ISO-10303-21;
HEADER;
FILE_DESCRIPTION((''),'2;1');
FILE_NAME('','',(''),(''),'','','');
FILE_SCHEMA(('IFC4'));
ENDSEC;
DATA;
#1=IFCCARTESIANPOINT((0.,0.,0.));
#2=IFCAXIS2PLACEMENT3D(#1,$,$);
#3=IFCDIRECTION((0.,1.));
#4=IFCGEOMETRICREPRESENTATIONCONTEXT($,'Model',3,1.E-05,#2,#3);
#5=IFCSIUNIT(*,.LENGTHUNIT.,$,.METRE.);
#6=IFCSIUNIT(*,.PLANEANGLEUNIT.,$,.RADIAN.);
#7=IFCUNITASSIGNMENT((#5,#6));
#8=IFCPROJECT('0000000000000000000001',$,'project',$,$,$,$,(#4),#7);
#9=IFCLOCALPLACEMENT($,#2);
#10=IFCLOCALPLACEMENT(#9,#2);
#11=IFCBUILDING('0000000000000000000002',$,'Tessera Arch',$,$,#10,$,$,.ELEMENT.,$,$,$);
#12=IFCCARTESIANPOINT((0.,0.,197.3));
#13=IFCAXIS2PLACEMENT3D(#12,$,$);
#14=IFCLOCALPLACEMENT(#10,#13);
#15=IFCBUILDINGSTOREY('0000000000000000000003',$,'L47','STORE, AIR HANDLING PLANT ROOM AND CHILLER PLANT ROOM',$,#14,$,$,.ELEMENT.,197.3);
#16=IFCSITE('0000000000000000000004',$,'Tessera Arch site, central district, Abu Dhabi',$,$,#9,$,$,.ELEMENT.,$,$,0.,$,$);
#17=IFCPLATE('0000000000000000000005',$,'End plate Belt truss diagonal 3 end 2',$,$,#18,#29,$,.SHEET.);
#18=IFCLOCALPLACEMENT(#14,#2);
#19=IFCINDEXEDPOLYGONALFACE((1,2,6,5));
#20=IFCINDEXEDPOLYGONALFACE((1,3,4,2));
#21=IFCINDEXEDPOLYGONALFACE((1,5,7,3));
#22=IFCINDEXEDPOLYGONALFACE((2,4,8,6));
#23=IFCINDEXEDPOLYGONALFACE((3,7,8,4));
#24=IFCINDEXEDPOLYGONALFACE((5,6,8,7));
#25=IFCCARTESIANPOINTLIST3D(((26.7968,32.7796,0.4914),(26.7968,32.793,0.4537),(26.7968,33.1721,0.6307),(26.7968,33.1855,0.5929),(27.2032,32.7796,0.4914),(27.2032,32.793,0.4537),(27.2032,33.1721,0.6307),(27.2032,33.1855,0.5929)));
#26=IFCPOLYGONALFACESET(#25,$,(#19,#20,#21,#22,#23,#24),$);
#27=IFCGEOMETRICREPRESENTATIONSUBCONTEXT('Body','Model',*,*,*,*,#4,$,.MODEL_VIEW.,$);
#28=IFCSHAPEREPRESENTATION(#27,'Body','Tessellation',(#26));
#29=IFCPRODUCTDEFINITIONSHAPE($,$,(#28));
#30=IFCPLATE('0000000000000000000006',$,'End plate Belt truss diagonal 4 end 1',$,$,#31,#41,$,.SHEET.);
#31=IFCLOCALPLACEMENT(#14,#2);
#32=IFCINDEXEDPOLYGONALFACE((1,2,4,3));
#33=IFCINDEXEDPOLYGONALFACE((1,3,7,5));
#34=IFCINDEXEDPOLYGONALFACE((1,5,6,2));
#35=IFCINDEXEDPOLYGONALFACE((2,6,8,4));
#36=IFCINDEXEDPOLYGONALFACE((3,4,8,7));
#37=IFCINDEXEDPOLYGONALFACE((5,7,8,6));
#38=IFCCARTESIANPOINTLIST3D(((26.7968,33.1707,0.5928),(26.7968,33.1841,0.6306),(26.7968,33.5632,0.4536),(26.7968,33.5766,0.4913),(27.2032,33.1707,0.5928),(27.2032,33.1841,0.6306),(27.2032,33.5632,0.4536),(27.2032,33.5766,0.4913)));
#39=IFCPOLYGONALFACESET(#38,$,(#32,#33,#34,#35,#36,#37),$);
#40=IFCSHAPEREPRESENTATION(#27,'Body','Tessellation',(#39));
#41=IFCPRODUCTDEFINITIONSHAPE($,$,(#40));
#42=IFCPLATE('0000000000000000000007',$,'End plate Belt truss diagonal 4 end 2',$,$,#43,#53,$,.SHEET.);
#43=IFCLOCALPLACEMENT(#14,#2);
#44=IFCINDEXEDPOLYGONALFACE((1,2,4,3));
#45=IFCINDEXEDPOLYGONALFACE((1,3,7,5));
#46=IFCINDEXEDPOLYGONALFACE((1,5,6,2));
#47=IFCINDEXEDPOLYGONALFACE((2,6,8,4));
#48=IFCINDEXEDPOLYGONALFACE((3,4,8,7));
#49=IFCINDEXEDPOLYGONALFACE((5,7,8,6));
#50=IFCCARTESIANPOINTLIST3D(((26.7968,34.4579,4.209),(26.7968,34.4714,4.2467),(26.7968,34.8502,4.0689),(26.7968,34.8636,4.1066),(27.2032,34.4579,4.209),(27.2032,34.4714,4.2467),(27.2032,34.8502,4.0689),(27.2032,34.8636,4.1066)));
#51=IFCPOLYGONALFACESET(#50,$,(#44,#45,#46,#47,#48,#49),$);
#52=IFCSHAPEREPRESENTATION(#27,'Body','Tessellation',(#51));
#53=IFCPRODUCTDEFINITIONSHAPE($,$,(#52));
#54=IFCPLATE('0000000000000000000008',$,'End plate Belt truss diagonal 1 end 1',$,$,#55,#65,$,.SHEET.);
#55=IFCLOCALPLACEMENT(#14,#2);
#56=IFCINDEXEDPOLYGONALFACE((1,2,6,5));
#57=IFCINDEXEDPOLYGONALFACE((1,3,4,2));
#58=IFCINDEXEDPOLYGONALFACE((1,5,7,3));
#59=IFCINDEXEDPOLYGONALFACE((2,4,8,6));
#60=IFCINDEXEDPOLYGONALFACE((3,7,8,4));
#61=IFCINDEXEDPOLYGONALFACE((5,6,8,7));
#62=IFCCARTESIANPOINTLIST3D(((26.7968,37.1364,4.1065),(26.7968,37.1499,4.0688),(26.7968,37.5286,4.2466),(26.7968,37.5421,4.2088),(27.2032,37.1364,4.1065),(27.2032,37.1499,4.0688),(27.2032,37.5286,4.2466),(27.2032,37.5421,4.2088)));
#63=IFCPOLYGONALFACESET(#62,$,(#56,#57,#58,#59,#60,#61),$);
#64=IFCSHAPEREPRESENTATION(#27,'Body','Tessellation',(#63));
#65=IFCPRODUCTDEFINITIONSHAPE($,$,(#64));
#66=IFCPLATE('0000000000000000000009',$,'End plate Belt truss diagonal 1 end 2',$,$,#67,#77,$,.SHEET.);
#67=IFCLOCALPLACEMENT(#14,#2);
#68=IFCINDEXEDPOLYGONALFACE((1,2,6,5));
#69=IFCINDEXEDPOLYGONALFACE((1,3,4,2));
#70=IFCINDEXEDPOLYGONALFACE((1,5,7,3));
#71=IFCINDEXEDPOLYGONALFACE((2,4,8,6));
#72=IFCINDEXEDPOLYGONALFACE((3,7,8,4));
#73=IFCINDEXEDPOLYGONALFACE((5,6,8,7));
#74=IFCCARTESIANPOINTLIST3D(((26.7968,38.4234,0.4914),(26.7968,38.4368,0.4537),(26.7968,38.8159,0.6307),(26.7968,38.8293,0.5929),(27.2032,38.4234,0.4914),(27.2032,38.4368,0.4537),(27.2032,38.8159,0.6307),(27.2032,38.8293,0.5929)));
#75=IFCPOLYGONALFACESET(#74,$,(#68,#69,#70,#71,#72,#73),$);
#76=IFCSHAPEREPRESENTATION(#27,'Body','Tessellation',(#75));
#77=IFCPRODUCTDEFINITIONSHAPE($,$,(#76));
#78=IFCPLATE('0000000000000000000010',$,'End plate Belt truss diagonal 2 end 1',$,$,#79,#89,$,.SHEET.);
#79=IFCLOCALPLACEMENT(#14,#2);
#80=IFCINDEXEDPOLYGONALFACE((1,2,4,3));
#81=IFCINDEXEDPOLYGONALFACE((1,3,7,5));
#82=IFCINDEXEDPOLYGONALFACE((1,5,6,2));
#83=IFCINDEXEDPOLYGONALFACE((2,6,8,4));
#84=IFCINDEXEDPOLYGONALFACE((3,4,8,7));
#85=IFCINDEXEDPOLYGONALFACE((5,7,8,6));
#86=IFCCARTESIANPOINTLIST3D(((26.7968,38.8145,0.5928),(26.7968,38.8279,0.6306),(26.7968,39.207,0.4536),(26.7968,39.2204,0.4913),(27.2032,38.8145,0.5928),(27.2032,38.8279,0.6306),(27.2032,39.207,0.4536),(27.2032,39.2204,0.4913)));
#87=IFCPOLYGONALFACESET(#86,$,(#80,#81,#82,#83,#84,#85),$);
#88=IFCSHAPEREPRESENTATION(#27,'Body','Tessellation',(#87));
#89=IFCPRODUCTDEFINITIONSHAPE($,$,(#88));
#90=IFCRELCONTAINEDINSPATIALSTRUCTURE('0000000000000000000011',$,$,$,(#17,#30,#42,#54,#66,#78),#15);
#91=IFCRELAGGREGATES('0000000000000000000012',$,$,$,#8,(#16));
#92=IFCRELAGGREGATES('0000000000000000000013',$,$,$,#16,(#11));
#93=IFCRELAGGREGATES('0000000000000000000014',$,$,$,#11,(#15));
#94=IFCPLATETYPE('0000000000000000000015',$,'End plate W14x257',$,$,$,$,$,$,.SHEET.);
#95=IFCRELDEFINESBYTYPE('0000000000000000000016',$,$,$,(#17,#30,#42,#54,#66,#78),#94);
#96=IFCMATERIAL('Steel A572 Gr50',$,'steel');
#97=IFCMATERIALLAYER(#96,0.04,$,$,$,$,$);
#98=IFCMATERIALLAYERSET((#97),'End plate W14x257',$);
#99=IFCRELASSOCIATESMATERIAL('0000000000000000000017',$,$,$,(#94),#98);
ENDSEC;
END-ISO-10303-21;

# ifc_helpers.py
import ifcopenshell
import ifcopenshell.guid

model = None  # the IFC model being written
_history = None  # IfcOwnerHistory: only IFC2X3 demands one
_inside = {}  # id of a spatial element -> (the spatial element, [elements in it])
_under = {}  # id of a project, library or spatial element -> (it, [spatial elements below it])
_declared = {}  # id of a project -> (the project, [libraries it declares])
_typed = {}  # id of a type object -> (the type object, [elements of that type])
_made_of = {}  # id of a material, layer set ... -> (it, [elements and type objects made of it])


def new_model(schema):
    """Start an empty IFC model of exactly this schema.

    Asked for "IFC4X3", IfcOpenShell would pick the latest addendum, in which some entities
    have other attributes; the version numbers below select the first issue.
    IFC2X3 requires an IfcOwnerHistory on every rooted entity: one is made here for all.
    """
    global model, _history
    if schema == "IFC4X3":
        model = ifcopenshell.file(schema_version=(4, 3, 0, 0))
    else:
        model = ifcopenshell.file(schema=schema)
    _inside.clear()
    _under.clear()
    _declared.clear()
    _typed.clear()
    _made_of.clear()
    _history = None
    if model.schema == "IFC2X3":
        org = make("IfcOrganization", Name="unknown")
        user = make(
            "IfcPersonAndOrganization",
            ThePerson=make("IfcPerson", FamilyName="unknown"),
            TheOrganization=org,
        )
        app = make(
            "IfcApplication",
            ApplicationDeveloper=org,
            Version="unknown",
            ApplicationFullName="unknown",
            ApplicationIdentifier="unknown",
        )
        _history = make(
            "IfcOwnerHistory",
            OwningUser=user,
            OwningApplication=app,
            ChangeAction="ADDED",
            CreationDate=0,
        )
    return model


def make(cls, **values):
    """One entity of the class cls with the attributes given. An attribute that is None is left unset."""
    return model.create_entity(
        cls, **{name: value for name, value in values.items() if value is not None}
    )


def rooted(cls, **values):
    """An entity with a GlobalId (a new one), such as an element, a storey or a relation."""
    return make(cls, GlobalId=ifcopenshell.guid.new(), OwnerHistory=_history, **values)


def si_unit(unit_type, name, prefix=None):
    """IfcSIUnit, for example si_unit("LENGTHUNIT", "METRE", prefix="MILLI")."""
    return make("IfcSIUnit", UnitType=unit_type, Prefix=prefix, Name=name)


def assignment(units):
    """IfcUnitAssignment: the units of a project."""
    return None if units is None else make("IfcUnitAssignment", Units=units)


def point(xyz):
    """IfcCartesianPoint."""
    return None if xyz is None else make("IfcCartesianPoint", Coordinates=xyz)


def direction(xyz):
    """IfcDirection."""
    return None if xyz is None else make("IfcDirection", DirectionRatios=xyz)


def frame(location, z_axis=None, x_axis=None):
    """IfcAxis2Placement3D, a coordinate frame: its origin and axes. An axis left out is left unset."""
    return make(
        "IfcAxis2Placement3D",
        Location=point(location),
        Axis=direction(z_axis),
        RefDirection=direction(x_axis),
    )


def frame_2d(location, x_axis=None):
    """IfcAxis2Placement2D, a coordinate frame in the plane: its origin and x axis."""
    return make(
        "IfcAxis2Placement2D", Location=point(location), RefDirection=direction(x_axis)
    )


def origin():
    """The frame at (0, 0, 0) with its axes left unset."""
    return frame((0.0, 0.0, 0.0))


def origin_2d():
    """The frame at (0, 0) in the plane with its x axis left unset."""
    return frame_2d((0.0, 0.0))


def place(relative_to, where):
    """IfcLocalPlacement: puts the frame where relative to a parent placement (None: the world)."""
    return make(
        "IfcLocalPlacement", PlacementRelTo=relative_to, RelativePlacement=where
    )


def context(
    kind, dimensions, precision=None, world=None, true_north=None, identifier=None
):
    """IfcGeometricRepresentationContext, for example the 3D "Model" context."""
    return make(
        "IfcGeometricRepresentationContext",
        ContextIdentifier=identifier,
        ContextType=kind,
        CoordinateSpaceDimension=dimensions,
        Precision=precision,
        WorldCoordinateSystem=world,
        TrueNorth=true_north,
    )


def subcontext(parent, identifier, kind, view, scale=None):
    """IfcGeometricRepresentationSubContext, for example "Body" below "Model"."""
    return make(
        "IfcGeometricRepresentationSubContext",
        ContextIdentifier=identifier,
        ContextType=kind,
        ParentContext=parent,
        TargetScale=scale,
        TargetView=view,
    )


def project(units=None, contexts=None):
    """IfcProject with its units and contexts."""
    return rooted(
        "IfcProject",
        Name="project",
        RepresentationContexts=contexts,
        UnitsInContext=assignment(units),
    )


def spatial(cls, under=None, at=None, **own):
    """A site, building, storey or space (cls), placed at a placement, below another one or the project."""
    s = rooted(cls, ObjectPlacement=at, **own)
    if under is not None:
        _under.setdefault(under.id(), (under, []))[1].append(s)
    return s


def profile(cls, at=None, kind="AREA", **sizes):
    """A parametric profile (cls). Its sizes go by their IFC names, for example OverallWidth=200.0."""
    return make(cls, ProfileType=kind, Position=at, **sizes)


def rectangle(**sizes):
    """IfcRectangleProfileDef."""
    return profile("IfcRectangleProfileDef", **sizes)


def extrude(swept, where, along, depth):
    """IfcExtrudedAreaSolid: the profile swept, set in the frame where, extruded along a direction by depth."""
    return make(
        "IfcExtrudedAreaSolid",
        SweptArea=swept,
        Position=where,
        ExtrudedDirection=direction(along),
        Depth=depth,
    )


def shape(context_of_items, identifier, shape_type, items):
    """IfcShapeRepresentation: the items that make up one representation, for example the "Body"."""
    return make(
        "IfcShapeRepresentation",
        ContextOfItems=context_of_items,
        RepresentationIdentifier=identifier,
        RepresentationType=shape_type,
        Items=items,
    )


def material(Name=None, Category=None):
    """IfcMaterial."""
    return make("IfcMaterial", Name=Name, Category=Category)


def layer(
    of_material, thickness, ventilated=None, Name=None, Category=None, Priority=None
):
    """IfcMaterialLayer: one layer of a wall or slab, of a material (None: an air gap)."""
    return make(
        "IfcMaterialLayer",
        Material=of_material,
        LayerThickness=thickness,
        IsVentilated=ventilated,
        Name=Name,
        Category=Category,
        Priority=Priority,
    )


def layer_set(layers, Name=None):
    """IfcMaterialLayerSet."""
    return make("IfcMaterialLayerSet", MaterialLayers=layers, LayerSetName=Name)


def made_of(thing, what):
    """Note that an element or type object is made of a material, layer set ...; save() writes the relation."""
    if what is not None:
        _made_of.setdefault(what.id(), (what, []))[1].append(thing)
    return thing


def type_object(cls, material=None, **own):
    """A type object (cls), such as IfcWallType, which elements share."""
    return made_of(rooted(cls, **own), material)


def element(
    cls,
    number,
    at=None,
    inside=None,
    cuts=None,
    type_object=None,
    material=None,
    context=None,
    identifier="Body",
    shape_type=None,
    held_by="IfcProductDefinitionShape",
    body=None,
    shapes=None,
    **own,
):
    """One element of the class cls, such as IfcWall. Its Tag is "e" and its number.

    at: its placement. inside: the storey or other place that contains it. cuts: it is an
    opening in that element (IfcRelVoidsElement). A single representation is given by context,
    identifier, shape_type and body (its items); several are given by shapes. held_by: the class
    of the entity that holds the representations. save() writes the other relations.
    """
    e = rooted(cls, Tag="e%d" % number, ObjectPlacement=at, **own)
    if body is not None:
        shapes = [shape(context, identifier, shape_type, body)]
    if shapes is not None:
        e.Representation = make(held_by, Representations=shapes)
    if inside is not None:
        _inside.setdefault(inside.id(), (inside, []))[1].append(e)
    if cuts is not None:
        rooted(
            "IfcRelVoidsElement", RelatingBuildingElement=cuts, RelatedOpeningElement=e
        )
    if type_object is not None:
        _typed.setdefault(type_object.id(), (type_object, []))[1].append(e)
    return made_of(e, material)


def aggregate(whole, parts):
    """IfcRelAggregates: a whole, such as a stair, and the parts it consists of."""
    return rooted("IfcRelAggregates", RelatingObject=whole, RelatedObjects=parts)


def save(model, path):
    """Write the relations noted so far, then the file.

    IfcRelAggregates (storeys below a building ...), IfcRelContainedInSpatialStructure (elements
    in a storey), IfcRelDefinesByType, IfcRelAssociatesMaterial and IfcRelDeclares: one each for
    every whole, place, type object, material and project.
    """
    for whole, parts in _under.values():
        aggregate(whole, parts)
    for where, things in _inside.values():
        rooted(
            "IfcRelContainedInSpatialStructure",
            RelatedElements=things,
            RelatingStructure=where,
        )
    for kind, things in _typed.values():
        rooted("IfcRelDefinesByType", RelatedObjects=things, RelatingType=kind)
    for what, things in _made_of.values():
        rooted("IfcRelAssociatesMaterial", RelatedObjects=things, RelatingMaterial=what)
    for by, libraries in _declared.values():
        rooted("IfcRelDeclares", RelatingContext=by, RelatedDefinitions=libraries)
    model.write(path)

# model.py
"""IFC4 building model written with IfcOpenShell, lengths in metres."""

from ifc_helpers import new_model, si_unit, direction, frame, origin, origin_2d, place, context, subcontext, project, spatial, rectangle, extrude, material, layer, layer_set, type_object, element, save


model = new_model("IFC4")

# Units and contexts
model_context = context("Model", 3, precision=1e-05, world=origin(), true_north=direction((0.0, 1.0)))
body_context = subcontext(model_context, "Body", "Model", "MODEL_VIEW")
ifc_project = project(units=[si_unit("LENGTHUNIT", "METRE"), si_unit("PLANEANGLEUNIT", "RADIAN")], contexts=[model_context])

# Site, building, storey
site_placement = place(None, origin())
site = spatial("IfcSite", under=ifc_project, at=site_placement, Name="Tessera Arch site, central district, Abu Dhabi", CompositionType="ELEMENT", RefElevation=0.0)
building_placement = place(site_placement, origin())
building = spatial("IfcBuilding", under=site, at=building_placement, Name="Tessera Arch", CompositionType="ELEMENT")
storey_placement = place(building_placement, frame((0.0, 0.0, 197.3)))
storey = spatial("IfcBuildingStorey", under=building, at=storey_placement, Name="L47", Description="STORE, AIR HANDLING PLANT ROOM AND CHILLER PLANT ROOM", CompositionType="ELEMENT", Elevation=197.3)

# Plates
ifc_material_1 = material(Name="Steel A572 Gr50", Category="steel")
ifc_layer_1 = layer(ifc_material_1, 0.04)
ifc_layer_set_1 = layer_set([ifc_layer_1], Name="End plate W14x257")
plate_type_1 = type_object("IfcPlateType", Name="End plate W14x257", PredefinedType="SHEET", material=ifc_layer_set_1)
for number, where, z_axis, x_axis, name in (
    (1, (27.0, 32.9758, 0.561), (0.0, 0.33441, -0.942428), (-1.0, 0.0, 0.0), "End plate Belt truss diagonal 3 end 2"),
    (2, (27.0, 33.3669, 0.5232), (0.0, 0.33441, 0.942428), (-1.0, 0.0, 0.0), "End plate Belt truss diagonal 4 end 1"),
    (3, (27.0, 34.6541, 4.1389), (0.0, 0.336336, 0.941742), (-1.0, 0.0, 0.0), "End plate Belt truss diagonal 4 end 2"),
    (4, (27.0, 37.3325, 4.1765), (0.0, 0.336336, -0.941742), (-1.0, 0.0, 0.0), "End plate Belt truss diagonal 1 end 1"),
    (5, (27.0, 38.6196, 0.561), (0.0, 0.33441, -0.942428), (-1.0, 0.0, 0.0), "End plate Belt truss diagonal 1 end 2"),
    (6, (27.0, 39.0107, 0.5232), (0.0, 0.33441, 0.942428), (-1.0, 0.0, 0.0), "End plate Belt truss diagonal 2 end 1"),
):
    element("IfcPlate", number, at=place(storey_placement, frame(where, z_axis=z_axis, x_axis=x_axis)), inside=storey, type_object=plate_type_1, Name=name, PredefinedType="SHEET", context=body_context, shape_type="SweptSolid", body=[
        extrude(rectangle(XDim=0.4065, YDim=0.4165, at=origin_2d()), origin(), (0.0, 0.0, 1.0), 0.04),
    ])

save(model, "model.ifc")
